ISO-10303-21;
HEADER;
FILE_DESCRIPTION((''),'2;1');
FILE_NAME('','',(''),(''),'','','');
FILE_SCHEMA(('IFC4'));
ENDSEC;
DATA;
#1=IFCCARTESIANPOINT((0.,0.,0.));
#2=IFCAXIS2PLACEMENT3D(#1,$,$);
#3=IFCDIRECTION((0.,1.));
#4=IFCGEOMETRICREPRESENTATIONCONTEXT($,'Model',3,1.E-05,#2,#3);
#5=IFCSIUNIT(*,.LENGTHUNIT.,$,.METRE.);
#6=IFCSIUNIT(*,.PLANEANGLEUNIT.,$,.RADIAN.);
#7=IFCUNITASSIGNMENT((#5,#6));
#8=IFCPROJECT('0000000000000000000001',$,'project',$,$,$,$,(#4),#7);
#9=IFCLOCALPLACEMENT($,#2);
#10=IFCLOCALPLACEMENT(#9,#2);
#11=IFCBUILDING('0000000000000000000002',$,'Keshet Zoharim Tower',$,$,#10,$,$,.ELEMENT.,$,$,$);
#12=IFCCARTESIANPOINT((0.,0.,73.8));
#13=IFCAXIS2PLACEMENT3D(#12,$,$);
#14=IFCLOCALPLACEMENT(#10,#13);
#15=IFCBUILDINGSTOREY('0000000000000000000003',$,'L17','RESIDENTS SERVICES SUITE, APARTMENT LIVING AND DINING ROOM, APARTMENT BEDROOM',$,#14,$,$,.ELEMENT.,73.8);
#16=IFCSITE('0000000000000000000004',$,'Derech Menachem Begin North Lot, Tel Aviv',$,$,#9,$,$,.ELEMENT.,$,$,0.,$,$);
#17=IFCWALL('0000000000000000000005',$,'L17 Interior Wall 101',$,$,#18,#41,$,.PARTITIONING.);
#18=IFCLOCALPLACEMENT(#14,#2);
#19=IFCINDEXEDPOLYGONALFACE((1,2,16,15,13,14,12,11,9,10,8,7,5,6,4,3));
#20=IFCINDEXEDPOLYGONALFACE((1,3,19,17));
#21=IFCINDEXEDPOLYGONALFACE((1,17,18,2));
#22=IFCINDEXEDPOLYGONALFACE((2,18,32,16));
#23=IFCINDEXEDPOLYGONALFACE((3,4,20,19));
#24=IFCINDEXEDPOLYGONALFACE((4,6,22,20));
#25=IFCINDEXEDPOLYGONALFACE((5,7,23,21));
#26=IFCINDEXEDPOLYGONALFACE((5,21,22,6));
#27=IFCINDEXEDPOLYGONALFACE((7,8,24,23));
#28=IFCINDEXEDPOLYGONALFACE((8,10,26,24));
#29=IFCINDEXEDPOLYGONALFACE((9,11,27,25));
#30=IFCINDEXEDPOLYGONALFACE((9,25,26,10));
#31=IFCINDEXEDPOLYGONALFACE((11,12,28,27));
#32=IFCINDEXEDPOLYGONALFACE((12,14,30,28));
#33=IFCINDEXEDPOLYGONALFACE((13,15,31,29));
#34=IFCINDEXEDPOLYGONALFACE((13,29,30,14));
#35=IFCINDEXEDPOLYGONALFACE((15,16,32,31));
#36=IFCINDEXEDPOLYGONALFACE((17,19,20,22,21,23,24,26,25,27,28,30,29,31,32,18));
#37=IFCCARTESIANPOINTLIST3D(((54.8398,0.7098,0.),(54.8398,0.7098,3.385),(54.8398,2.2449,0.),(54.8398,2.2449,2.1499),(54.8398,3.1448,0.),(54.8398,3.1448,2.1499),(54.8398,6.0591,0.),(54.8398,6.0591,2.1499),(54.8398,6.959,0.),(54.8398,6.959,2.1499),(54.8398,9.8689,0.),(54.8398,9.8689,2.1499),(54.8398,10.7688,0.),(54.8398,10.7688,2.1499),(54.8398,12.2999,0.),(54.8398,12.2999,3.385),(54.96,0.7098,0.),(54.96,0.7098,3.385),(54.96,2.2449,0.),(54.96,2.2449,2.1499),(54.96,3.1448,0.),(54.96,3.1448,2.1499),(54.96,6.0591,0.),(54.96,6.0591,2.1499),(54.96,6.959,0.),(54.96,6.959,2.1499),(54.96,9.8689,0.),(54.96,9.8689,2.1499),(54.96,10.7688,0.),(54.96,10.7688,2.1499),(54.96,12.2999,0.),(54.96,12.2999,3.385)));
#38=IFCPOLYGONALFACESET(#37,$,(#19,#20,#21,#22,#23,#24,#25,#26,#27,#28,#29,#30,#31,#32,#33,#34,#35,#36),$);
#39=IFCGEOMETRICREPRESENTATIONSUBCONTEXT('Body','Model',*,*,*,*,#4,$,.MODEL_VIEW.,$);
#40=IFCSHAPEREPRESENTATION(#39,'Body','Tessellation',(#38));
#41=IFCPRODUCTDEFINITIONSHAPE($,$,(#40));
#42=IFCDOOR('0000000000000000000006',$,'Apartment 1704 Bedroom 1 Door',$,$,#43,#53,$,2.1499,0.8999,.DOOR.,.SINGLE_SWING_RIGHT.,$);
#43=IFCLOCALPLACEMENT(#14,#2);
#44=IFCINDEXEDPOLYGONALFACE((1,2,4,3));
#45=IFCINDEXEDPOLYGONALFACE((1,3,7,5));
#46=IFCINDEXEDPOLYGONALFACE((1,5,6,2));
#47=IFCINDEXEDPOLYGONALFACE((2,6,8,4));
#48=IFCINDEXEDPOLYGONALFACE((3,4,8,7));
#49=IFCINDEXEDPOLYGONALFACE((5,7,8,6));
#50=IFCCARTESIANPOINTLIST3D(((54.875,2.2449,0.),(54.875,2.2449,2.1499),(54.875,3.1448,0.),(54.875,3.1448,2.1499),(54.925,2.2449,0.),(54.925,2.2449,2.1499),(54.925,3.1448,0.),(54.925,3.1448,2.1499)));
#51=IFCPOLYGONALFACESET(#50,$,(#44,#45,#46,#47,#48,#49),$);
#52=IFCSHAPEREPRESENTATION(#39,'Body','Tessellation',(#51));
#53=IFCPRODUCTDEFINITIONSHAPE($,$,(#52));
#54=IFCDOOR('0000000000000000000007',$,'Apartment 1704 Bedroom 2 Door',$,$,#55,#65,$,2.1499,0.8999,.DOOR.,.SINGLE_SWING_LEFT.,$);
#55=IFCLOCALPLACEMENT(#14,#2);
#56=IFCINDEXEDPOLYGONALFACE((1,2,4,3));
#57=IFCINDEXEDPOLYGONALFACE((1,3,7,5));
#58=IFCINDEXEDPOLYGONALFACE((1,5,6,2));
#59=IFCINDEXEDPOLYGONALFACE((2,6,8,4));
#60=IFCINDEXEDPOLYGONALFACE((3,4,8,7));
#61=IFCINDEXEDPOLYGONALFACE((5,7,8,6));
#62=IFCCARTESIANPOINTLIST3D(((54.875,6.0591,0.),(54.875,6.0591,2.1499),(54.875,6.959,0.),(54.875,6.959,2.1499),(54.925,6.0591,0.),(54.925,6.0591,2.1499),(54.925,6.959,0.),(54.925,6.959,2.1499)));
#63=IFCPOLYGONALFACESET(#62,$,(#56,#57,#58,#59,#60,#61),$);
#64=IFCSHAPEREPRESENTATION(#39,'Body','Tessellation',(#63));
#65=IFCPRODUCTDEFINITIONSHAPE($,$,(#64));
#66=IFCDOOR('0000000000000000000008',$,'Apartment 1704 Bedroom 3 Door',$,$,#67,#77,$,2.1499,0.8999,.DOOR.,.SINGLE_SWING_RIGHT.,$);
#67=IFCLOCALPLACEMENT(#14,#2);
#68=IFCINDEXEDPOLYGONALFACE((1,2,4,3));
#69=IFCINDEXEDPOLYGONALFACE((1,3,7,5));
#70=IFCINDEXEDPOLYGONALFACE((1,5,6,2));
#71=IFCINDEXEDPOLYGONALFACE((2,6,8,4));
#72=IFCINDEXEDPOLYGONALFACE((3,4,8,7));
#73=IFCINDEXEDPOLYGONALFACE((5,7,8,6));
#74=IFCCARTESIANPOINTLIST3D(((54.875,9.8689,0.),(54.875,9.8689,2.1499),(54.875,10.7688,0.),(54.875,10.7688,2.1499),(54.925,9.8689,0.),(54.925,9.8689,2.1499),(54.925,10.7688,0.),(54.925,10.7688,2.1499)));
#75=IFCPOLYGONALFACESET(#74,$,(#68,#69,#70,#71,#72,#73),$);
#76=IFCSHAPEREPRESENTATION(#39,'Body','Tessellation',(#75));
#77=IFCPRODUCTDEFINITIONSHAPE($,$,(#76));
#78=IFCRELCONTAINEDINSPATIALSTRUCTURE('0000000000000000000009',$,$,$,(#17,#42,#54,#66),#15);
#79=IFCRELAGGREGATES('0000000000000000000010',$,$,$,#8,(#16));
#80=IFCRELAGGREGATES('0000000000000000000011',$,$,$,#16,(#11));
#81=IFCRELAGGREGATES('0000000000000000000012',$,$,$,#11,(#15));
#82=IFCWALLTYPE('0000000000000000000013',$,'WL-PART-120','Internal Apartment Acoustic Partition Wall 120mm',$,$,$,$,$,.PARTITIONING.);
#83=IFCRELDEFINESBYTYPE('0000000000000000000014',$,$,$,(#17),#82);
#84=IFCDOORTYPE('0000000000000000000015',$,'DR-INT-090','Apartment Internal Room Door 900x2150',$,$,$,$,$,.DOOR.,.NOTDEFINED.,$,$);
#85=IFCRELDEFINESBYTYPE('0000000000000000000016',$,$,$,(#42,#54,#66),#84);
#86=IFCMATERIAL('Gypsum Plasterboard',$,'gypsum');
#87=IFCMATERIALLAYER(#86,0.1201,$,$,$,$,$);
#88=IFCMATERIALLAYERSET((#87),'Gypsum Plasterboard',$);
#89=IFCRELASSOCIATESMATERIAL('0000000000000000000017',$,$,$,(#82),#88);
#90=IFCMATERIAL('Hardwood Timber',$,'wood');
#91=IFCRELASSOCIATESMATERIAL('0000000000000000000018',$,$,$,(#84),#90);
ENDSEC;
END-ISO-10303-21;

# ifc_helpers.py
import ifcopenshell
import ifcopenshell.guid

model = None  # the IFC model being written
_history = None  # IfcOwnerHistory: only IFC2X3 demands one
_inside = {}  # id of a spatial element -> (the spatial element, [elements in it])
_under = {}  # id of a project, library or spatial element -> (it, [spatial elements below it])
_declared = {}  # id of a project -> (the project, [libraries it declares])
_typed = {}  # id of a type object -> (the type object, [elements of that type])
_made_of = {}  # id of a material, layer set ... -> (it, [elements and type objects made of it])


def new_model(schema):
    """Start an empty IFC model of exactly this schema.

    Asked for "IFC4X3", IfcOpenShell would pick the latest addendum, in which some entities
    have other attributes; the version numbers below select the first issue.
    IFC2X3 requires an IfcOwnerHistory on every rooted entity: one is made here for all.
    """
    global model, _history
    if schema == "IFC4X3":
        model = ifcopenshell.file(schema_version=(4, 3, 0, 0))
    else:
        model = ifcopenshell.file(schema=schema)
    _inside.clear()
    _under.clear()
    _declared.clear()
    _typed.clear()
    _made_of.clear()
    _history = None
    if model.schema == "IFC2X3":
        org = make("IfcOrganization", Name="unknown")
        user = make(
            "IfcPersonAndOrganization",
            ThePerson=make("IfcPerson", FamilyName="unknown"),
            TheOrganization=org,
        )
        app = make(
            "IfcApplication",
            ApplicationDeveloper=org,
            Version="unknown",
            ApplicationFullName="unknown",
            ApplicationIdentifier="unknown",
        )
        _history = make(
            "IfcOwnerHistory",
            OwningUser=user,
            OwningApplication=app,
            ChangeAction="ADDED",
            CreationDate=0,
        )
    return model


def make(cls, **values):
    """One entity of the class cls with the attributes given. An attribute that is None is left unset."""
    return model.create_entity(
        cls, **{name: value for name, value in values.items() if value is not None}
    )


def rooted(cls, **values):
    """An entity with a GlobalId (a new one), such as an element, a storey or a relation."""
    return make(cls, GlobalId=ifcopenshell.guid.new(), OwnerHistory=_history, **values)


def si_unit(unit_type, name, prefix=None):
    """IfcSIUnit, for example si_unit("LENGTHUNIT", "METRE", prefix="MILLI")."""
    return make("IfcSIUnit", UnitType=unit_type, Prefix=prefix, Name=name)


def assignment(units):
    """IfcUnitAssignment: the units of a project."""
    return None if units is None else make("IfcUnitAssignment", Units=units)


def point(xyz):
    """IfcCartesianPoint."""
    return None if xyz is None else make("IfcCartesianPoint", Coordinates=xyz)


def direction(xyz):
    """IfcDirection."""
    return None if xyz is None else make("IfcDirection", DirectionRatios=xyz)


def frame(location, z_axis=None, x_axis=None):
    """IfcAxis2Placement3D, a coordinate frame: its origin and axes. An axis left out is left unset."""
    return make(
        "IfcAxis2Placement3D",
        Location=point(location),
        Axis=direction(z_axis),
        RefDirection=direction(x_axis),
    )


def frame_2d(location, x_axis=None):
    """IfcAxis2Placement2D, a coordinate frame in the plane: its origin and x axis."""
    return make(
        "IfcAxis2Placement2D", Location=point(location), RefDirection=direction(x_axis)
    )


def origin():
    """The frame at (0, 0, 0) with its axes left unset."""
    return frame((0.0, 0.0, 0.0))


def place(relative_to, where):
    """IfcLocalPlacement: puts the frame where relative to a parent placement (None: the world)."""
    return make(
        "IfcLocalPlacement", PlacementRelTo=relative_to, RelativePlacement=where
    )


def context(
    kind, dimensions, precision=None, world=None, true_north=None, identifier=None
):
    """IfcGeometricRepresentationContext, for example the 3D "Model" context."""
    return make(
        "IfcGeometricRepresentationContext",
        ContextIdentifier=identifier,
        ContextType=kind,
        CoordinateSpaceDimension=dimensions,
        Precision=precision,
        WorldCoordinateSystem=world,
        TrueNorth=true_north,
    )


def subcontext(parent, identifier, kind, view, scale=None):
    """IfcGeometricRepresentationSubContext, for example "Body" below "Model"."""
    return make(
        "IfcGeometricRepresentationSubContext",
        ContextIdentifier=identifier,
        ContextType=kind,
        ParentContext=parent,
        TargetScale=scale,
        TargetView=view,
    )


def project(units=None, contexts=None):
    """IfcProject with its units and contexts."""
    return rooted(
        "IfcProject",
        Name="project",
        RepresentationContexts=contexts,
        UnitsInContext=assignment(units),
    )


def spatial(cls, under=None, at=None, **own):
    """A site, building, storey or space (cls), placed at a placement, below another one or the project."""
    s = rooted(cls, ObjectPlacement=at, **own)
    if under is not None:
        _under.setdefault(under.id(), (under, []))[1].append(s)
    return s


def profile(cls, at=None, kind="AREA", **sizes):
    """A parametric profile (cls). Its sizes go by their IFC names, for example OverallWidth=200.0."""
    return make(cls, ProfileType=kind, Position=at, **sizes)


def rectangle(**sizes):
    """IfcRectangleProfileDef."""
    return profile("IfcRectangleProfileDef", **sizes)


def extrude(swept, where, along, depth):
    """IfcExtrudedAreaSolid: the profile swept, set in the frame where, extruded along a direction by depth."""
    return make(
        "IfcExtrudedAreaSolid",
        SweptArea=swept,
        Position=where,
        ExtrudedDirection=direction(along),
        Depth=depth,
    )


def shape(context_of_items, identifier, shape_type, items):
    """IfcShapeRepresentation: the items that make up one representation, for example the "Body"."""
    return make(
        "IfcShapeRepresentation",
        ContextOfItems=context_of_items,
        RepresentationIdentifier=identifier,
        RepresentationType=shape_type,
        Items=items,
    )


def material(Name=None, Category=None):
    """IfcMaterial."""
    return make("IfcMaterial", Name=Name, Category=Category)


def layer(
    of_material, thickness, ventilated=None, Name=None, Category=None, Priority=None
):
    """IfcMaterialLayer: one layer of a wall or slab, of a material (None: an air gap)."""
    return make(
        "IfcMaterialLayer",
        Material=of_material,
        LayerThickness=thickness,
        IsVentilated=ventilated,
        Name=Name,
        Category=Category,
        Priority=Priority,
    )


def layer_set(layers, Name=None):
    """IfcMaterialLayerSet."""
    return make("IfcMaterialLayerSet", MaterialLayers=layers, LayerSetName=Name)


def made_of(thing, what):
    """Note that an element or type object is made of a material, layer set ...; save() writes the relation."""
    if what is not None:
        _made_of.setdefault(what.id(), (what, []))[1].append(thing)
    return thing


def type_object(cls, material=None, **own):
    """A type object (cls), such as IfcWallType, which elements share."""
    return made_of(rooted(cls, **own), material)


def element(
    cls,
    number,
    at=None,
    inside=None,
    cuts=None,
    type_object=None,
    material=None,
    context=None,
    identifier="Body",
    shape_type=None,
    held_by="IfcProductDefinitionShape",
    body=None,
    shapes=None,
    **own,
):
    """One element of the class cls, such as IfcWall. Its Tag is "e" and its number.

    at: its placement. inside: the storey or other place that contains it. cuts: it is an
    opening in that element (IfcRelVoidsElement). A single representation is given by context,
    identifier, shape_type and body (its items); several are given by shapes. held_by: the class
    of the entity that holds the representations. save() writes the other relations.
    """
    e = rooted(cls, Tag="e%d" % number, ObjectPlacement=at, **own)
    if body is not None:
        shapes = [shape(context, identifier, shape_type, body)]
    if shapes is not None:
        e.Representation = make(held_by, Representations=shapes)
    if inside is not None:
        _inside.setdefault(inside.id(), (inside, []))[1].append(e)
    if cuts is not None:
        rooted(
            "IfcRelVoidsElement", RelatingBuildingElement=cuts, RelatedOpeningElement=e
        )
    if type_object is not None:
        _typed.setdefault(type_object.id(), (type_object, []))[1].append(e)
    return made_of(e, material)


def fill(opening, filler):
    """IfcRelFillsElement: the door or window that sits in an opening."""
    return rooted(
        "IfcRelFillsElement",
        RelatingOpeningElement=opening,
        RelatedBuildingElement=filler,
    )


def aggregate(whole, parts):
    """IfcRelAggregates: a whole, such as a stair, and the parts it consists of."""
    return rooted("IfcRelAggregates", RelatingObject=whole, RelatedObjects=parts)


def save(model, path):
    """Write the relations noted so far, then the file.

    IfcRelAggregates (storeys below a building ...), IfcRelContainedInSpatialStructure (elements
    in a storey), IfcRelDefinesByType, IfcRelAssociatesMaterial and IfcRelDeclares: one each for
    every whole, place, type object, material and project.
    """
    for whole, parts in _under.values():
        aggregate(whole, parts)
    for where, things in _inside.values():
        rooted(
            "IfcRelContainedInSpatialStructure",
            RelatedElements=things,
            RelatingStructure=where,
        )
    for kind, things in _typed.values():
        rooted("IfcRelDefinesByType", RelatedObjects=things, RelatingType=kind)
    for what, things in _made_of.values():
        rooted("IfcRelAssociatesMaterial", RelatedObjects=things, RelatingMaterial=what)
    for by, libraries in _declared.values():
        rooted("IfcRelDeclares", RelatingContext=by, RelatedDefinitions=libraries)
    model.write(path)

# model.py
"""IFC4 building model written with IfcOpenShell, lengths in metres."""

from ifc_helpers import new_model, si_unit, direction, frame, frame_2d, origin, place, context, subcontext, project, spatial, rectangle, extrude, material, layer, layer_set, type_object, element, fill, save


model = new_model("IFC4")

# Units and contexts
model_context = context("Model", 3, precision=1e-05, world=origin(), true_north=direction((0.0, 1.0)))
body_context = subcontext(model_context, "Body", "Model", "MODEL_VIEW")
ifc_project = project(units=[si_unit("LENGTHUNIT", "METRE"), si_unit("PLANEANGLEUNIT", "RADIAN")], contexts=[model_context])

# Site, building, storey
site_placement = place(None, origin())
site = spatial("IfcSite", under=ifc_project, at=site_placement, Name="Derech Menachem Begin North Lot, Tel Aviv", CompositionType="ELEMENT", RefElevation=0.0)
building_placement = place(site_placement, origin())
building = spatial("IfcBuilding", under=site, at=building_placement, Name="Keshet Zoharim Tower", CompositionType="ELEMENT")
storey_placement = place(building_placement, frame((0.0, 0.0, 73.8)))
storey = spatial("IfcBuildingStorey", under=building, at=storey_placement, Name="L17", Description="RESIDENTS SERVICES SUITE, APARTMENT LIVING AND DINING ROOM, APARTMENT BEDROOM", CompositionType="ELEMENT", Elevation=73.8)

# Shared definitions
ifc_material_1 = material(Name="Gypsum Plasterboard", Category="gypsum")
ifc_layer_1 = layer(ifc_material_1, 0.1201)
ifc_layer_set_1 = layer_set([ifc_layer_1], Name="Gypsum Plasterboard")
wall_type = type_object("IfcWallType", Name="WL-PART-120", Description="Internal Apartment Acoustic Partition Wall 120mm", PredefinedType="PARTITIONING", material=ifc_layer_set_1)

# Wall, openings, doors
wall_1_placement = place(storey_placement, frame((54.8999, 0.71, 0.0), z_axis=(0.0, 0.0, 1.0), x_axis=(0.0, 1.0, 0.0)))
wall_1 = element("IfcWall", 1, at=wall_1_placement, inside=storey, type_object=wall_type, Name="L17 Interior Wall 101", PredefinedType="PARTITIONING", context=body_context, shape_type="SweptSolid", body=[
    extrude(rectangle(XDim=11.5901, YDim=0.1201, at=frame_2d((5.7949, 0.0))), origin(), (0.0, 0.0, 1.0), 3.385),
])
opening_1_placement = place(wall_1_placement, frame((1.5349, 0.0, 0.0)))
opening_1 = element("IfcOpeningElement", 2, at=opening_1_placement, cuts=wall_1, PredefinedType="OPENING", context=body_context, shape_type="SweptSolid", body=[
    extrude(rectangle(XDim=0.8999, YDim=2.1499, at=frame_2d((0.45, 1.075))), frame((0.0, 0.0701, 0.0), z_axis=(0.0, -1.0, 0.0), x_axis=(1.0, 0.0, 0.0)), (0.0, 0.0, 1.0), 0.1401),
])
opening_2_placement = place(wall_1_placement, frame((5.3491, 0.0, 0.0)))
opening_2 = element("IfcOpeningElement", 3, at=opening_2_placement, cuts=wall_1, PredefinedType="OPENING", context=body_context, shape_type="SweptSolid", body=[
    extrude(rectangle(XDim=0.8999, YDim=2.1499, at=frame_2d((0.45, 1.075))), frame((0.0, 0.0701, 0.0), z_axis=(0.0, -1.0, 0.0), x_axis=(1.0, 0.0, 0.0)), (0.0, 0.0, 1.0), 0.1401),
])
opening_3_placement = place(wall_1_placement, frame((9.1589, 0.0, 0.0)))
opening_3 = element("IfcOpeningElement", 4, at=opening_3_placement, cuts=wall_1, PredefinedType="OPENING", context=body_context, shape_type="SweptSolid", body=[
    extrude(rectangle(XDim=0.8999, YDim=2.1499, at=frame_2d((0.45, 1.075))), frame((0.0, 0.0701, 0.0), z_axis=(0.0, -1.0, 0.0), x_axis=(1.0, 0.0, 0.0)), (0.0, 0.0, 1.0), 0.1401),
])
ifc_material_2 = material(Name="Hardwood Timber", Category="wood")
door_type = type_object("IfcDoorType", Name="DR-INT-090", Description="Apartment Internal Room Door 900x2150", OperationType="NOTDEFINED", PredefinedType="DOOR", material=ifc_material_2)
door_1_placement = place(opening_1_placement, origin())
door_1 = element("IfcDoor", 5, at=door_1_placement, inside=storey, type_object=door_type, Name="Apartment 1704 Bedroom 1 Door", OperationType="SINGLE_SWING_RIGHT", OverallHeight=2.1499, OverallWidth=0.8999, PredefinedType="DOOR", context=body_context, shape_type="SweptSolid", body=[
    extrude(rectangle(XDim=0.8999, YDim=2.1499, at=frame_2d((0.45, 1.075))), frame((0.0, 0.0249, 0.0), z_axis=(0.0, -1.0, 0.0), x_axis=(1.0, 0.0, 0.0)), (0.0, 0.0, 1.0), 0.05),
])
fill(opening_1, door_1)
door_2_placement = place(opening_2_placement, origin())
door_2 = element("IfcDoor", 6, at=door_2_placement, inside=storey, type_object=door_type, Name="Apartment 1704 Bedroom 2 Door", OperationType="SINGLE_SWING_LEFT", OverallHeight=2.1499, OverallWidth=0.8999, PredefinedType="DOOR", context=body_context, shape_type="SweptSolid", body=[
    extrude(rectangle(XDim=0.8999, YDim=2.1499, at=frame_2d((0.45, 1.075))), frame((0.0, 0.0249, 0.0), z_axis=(0.0, -1.0, 0.0), x_axis=(1.0, 0.0, 0.0)), (0.0, 0.0, 1.0), 0.05),
])
fill(opening_2, door_2)
door_3_placement = place(opening_3_placement, origin())
door_3 = element("IfcDoor", 7, at=door_3_placement, inside=storey, type_object=door_type, Name="Apartment 1704 Bedroom 3 Door", OperationType="SINGLE_SWING_RIGHT", OverallHeight=2.1499, OverallWidth=0.8999, PredefinedType="DOOR", context=body_context, shape_type="SweptSolid", body=[
    extrude(rectangle(XDim=0.8999, YDim=2.1499, at=frame_2d((0.45, 1.075))), frame((0.0, 0.0249, 0.0), z_axis=(0.0, -1.0, 0.0), x_axis=(1.0, 0.0, 0.0)), (0.0, 0.0, 1.0), 0.05),
])
fill(opening_3, door_3)

save(model, "model.ifc")
